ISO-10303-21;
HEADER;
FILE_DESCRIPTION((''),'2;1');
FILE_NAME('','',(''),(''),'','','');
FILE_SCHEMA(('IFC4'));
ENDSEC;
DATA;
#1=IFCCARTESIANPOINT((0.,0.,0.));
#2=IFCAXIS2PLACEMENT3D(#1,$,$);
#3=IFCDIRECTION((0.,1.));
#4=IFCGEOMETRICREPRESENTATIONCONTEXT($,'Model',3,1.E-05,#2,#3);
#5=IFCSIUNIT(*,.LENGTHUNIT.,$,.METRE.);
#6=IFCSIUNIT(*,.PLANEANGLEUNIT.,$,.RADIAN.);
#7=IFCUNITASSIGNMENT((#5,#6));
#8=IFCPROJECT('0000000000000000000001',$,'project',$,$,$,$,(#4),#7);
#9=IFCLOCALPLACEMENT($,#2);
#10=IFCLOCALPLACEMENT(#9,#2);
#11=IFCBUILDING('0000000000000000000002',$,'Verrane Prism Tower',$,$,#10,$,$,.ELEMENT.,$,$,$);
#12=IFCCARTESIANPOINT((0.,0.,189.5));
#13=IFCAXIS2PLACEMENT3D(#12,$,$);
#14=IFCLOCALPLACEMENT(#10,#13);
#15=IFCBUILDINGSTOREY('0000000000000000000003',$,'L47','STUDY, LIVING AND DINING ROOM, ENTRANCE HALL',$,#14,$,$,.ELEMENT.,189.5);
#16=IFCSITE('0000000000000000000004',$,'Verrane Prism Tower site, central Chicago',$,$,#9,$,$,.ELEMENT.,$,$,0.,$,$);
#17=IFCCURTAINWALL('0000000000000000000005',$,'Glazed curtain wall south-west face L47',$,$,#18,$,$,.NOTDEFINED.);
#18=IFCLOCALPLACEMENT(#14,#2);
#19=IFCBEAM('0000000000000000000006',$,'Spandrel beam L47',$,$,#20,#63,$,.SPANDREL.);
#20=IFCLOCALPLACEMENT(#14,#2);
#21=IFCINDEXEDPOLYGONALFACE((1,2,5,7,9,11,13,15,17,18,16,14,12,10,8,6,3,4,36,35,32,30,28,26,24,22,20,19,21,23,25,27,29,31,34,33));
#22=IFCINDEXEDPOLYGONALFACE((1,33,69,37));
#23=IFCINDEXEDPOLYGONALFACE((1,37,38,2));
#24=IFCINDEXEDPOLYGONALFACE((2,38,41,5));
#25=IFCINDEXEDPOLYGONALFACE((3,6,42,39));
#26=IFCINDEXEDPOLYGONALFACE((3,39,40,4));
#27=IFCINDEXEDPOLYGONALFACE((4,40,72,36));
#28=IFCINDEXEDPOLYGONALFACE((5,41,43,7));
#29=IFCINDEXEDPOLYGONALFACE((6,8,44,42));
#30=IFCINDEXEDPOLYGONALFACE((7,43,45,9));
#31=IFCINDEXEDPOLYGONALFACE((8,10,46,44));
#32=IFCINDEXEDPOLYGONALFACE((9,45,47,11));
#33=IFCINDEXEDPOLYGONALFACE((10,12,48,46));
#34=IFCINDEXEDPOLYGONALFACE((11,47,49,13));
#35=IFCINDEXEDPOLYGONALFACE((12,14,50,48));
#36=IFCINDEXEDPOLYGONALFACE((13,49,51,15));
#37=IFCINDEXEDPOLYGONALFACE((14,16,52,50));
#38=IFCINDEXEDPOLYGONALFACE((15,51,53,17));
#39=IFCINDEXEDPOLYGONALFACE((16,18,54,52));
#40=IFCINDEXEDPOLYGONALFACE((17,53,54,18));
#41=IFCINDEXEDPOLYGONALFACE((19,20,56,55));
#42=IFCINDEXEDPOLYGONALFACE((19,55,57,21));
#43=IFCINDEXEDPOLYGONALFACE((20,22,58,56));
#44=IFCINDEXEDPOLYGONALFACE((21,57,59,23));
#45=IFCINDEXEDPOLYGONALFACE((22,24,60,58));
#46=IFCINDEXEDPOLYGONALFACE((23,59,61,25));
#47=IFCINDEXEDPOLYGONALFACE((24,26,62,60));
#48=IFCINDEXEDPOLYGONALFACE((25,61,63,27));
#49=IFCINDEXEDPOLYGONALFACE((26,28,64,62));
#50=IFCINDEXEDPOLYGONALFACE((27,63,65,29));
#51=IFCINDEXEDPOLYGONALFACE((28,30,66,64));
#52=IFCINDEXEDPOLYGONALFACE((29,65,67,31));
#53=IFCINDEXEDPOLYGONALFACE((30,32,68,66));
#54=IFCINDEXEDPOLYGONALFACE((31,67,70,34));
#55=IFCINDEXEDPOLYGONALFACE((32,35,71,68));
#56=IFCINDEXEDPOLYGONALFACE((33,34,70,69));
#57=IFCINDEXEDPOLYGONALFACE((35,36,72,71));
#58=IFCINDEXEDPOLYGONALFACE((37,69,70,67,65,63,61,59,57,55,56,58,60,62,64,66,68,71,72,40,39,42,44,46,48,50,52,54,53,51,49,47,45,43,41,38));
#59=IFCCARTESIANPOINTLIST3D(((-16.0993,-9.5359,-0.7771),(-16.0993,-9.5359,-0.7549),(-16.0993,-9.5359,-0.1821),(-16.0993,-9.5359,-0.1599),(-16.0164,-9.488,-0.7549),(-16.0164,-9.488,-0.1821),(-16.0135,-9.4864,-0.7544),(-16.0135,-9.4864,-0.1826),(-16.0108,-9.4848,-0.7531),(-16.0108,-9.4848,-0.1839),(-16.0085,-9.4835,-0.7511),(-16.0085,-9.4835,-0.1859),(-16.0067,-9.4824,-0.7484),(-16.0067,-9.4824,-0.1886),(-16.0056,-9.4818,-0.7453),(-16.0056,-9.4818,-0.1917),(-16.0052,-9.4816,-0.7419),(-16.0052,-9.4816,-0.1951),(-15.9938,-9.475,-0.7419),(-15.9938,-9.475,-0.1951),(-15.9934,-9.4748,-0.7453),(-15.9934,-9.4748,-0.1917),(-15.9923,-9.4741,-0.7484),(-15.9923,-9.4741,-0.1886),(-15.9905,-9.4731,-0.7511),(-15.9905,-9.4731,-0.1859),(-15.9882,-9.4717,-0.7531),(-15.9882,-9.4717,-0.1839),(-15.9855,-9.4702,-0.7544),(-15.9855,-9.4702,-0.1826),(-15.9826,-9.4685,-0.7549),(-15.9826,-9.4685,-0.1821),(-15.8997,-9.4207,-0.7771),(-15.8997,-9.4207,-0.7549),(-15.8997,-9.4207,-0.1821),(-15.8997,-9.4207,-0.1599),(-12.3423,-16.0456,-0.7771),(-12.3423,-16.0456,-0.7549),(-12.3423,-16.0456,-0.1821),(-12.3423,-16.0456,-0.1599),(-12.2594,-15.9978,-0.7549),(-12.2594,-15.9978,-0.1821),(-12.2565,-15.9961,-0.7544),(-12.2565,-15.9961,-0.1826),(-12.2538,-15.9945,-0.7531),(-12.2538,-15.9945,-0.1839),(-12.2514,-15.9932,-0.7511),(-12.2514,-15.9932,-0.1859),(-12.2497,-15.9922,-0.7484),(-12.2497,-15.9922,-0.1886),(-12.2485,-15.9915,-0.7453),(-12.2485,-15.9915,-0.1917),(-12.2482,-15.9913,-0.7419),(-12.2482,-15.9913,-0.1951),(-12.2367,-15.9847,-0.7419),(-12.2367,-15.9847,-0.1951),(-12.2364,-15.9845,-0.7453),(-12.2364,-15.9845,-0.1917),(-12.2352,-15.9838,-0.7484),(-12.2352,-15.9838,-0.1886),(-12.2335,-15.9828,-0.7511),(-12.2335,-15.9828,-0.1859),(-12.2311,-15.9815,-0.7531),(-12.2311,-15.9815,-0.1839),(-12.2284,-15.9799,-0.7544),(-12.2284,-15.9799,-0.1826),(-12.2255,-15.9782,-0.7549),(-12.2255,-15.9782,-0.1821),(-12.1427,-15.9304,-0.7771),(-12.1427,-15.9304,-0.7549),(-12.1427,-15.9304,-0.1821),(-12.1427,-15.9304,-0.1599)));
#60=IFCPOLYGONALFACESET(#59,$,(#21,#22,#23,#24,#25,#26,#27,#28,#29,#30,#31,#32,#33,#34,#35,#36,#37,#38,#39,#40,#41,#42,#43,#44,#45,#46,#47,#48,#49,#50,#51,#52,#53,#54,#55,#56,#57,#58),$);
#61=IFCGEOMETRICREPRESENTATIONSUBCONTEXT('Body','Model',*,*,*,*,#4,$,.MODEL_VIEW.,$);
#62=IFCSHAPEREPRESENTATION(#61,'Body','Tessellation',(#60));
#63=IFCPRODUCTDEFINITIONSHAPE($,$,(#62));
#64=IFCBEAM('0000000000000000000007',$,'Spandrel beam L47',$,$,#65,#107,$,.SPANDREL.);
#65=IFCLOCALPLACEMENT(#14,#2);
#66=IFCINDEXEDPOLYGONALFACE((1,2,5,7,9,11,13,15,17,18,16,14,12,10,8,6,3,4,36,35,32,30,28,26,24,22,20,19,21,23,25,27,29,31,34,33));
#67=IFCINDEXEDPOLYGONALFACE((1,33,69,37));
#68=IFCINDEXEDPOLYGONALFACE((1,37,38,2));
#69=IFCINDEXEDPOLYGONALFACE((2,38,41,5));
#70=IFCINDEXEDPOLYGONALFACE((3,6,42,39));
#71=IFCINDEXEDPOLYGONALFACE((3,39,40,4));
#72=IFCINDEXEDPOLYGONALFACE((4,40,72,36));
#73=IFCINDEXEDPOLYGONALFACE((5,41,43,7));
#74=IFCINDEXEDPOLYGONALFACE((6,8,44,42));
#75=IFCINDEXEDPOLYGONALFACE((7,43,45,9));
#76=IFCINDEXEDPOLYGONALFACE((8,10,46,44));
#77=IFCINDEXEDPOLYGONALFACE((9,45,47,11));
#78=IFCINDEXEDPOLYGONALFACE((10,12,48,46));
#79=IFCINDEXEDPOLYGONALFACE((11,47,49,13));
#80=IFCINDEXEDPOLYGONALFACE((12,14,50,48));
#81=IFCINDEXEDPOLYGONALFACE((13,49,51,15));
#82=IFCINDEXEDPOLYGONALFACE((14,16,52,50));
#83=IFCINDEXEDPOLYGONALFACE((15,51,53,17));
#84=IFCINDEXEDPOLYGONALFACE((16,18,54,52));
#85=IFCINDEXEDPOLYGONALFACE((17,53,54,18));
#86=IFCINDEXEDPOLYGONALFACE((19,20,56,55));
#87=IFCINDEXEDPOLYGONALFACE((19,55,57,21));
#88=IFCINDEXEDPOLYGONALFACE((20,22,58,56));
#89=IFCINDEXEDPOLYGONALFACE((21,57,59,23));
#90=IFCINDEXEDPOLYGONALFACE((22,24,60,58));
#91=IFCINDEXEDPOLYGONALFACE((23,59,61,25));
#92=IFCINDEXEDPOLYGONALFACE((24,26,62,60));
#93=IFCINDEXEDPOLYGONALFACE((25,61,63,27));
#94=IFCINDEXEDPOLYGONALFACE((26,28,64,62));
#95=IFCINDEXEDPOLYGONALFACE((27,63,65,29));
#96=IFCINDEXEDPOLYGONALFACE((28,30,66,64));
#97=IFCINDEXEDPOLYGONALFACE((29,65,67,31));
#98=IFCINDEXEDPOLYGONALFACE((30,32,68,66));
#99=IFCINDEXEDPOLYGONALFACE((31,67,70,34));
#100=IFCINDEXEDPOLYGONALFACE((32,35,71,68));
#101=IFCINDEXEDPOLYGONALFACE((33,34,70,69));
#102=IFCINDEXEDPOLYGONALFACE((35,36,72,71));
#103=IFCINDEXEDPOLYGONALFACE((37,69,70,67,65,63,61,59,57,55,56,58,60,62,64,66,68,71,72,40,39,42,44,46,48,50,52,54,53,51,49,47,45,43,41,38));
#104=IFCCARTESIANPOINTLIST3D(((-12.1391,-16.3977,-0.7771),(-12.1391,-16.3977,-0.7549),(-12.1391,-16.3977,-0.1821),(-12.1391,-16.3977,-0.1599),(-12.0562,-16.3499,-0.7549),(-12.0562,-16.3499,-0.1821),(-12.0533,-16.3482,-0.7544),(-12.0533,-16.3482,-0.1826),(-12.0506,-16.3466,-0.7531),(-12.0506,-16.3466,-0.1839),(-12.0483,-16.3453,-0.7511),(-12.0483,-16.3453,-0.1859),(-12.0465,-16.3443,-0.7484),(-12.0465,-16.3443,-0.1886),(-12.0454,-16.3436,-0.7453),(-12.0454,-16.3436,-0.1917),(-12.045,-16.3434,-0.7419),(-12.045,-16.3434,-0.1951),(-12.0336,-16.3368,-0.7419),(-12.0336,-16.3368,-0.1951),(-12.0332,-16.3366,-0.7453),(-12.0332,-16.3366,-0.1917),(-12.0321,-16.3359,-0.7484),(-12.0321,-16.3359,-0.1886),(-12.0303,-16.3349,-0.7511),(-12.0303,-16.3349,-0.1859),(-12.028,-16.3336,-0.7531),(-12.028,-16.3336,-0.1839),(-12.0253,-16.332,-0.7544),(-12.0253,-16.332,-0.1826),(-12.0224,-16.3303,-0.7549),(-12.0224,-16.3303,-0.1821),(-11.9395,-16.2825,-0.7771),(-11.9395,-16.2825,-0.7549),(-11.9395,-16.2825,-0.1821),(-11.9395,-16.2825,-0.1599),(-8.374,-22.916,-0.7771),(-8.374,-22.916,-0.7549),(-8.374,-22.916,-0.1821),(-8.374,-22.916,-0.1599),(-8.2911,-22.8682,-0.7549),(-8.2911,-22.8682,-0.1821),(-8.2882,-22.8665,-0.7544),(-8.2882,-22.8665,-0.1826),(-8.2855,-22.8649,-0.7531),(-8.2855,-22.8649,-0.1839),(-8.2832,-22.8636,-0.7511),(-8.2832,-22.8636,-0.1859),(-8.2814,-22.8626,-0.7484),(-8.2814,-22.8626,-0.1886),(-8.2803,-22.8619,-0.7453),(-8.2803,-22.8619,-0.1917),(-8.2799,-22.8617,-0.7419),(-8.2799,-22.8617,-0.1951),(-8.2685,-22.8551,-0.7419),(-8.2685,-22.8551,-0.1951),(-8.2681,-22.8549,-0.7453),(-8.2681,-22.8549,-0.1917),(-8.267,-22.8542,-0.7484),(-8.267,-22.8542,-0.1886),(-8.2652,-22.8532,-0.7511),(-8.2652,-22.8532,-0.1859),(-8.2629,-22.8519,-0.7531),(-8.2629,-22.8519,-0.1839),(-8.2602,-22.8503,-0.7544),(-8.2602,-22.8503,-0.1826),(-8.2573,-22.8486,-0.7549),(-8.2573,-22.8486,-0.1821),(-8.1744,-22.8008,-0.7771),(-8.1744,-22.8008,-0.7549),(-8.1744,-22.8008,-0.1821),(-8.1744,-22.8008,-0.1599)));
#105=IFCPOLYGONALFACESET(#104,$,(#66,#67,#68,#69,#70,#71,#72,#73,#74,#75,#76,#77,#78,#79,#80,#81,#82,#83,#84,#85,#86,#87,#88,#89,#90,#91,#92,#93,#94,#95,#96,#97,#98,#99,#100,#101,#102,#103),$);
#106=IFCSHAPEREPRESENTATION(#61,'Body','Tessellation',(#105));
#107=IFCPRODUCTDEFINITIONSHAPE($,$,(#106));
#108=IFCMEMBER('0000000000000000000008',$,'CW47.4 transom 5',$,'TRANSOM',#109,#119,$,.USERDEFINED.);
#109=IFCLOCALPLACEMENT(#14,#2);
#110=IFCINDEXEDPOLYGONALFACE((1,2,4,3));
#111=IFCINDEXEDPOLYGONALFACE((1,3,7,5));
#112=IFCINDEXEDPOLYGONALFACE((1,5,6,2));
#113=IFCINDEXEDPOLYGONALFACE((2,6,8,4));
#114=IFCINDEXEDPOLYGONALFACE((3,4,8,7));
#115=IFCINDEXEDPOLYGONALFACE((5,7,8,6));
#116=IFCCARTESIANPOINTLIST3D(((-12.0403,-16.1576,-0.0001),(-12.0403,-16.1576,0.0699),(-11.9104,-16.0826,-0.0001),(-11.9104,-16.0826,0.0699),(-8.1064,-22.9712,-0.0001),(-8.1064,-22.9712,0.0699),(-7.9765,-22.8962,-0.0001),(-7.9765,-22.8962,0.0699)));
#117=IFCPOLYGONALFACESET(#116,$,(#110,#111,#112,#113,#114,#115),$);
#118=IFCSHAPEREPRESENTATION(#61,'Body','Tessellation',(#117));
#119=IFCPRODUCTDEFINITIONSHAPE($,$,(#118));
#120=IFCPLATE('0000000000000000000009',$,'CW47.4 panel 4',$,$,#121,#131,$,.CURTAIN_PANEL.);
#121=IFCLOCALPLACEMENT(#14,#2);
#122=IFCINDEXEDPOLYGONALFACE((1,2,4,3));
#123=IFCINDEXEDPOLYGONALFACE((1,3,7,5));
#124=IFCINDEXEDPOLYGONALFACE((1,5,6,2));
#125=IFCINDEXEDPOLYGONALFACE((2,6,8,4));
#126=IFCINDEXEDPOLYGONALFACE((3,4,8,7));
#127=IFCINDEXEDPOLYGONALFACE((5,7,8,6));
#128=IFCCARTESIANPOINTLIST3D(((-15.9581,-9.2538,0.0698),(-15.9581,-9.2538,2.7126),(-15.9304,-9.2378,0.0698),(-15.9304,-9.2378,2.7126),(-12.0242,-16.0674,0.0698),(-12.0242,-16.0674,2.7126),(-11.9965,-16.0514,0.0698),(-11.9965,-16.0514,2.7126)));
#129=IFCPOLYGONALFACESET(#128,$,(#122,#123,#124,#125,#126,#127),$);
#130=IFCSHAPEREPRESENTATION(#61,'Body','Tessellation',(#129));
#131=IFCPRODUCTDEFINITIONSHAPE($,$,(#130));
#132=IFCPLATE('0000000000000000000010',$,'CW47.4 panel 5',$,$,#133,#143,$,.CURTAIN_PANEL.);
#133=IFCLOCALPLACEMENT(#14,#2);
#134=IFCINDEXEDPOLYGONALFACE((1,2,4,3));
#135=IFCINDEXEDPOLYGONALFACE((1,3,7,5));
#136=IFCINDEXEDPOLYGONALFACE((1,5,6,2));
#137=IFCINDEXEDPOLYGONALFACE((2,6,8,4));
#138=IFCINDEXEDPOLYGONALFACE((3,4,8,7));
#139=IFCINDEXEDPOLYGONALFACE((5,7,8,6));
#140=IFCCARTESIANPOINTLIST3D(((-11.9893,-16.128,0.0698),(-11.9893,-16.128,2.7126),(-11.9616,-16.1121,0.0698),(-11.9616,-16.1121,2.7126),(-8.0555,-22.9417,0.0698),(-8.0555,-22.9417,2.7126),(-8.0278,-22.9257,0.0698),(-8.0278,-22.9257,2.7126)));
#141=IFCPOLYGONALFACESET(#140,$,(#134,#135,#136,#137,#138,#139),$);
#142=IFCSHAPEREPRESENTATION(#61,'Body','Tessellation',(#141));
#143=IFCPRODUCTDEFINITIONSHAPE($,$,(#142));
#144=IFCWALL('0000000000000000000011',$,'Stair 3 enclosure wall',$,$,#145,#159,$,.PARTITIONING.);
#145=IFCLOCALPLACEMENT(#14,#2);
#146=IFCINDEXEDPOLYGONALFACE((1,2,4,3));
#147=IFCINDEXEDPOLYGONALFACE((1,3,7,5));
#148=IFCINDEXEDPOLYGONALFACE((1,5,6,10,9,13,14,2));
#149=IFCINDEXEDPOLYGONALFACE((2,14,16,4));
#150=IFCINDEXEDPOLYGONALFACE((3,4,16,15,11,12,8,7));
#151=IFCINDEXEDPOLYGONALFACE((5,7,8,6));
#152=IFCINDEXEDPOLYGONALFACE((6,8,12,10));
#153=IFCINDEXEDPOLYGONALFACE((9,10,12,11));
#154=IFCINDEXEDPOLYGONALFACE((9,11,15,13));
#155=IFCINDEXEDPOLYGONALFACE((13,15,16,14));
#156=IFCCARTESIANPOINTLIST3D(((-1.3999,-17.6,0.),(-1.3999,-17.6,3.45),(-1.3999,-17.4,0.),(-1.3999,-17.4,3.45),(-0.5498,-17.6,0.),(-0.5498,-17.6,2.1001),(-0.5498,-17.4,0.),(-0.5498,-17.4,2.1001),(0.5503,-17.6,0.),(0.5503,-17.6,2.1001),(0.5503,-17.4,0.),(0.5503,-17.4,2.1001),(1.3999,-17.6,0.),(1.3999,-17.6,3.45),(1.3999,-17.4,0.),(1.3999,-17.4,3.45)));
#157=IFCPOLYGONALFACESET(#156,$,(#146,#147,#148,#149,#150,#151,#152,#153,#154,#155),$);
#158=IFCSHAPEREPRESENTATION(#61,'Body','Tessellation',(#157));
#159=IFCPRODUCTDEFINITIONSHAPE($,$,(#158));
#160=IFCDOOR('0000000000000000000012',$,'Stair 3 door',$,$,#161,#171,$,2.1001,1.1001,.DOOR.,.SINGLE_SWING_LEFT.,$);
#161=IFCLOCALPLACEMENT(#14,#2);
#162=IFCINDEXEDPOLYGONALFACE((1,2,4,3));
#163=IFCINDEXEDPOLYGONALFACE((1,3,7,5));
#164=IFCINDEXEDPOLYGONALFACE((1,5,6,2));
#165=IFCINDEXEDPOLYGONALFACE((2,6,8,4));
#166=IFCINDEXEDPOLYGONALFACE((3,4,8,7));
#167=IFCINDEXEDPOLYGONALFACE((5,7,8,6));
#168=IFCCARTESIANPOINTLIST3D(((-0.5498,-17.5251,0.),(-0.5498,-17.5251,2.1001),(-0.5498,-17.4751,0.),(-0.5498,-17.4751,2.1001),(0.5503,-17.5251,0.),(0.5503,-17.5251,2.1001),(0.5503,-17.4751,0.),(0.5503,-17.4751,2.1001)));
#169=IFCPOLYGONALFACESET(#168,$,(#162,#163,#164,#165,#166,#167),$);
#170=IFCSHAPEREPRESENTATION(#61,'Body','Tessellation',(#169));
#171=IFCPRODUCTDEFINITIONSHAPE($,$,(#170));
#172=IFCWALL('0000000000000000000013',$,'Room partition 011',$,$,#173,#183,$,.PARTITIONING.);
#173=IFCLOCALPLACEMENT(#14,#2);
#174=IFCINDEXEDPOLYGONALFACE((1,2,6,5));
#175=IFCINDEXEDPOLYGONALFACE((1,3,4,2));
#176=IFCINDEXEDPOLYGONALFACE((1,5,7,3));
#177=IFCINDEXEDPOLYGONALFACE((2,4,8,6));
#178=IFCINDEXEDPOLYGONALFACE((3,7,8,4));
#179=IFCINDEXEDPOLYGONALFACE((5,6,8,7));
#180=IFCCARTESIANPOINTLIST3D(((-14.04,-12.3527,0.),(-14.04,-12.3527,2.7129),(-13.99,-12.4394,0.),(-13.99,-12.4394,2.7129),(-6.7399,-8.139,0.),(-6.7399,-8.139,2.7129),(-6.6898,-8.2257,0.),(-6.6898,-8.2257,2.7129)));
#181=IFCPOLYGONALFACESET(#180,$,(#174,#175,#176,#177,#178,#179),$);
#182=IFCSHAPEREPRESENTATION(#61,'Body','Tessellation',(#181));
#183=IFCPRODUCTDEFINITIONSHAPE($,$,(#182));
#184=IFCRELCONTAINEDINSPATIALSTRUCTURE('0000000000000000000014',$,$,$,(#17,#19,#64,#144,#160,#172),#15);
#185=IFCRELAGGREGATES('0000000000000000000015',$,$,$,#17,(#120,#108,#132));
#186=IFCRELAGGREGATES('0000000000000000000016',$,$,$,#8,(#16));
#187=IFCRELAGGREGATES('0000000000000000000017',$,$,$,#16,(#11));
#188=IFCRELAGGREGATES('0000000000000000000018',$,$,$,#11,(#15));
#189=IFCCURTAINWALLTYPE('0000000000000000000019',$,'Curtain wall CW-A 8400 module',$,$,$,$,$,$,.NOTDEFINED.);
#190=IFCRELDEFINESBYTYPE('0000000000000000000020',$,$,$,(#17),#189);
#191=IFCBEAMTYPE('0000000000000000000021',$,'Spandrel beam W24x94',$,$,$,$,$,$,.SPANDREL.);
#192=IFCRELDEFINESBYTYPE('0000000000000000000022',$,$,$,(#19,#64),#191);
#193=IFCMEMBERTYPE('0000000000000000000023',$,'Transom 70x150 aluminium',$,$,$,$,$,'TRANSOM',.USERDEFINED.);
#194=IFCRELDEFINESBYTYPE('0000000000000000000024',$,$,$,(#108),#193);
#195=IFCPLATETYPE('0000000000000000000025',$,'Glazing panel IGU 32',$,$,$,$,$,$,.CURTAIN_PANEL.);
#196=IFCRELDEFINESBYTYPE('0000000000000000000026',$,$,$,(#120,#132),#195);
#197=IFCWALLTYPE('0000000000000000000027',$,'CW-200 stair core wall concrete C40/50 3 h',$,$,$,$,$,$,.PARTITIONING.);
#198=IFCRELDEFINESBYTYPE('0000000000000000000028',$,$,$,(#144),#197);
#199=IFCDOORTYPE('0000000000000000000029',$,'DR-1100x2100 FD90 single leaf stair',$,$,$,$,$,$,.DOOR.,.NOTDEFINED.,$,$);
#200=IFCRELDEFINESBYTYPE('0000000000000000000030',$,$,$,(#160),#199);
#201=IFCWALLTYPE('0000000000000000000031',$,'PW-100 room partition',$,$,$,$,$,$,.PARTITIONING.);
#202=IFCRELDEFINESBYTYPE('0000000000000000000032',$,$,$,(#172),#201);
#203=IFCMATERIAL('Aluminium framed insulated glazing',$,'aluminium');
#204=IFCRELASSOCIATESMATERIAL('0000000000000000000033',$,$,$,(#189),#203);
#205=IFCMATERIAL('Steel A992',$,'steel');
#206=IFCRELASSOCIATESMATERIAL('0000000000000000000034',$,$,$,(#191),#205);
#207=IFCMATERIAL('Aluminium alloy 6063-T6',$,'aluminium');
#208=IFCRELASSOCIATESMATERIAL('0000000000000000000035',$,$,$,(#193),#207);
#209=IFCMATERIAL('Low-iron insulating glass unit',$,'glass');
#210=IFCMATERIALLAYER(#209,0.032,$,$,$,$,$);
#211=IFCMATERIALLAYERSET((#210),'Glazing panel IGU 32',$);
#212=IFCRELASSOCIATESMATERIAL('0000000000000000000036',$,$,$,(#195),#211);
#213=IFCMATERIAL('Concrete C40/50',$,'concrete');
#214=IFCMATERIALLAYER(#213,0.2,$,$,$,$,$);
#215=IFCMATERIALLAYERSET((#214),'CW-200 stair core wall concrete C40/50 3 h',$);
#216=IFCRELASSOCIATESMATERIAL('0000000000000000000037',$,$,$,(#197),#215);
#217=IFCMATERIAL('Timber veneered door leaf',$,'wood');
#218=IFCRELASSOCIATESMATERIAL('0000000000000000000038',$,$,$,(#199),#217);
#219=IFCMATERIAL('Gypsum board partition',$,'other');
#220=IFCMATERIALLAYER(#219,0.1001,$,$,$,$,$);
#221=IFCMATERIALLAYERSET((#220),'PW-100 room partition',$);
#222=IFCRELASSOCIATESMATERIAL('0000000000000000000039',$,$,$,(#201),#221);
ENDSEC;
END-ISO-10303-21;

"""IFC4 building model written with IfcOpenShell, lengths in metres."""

from ifc_helpers import new_model, si_unit, direction, frame, frame_2d, origin, origin_2d, place, context, subcontext, project, spatial, rectangle, i_section, extrude, material, layer, layer_set, material_profile, profile_set, type_object, element, fill, aggregate, save


model = new_model("IFC4")

# Units and contexts
model_context = context("Model", 3, precision=1e-05, world=origin(), true_north=direction((0.0, 1.0)))
body_context = subcontext(model_context, "Body", "Model", "MODEL_VIEW")
ifc_project = project(units=[si_unit("LENGTHUNIT", "METRE"), si_unit("PLANEANGLEUNIT", "RADIAN")], contexts=[model_context])

# Site, building, storey
site_placement = place(None, origin())
site = spatial("IfcSite", under=ifc_project, at=site_placement, Name="Verrane Prism Tower site, central Chicago", CompositionType="ELEMENT", RefElevation=0.0)
building_placement = place(site_placement, origin())
building = spatial("IfcBuilding", under=site, at=building_placement, Name="Verrane Prism Tower", CompositionType="ELEMENT")
storey_placement = place(building_placement, frame((0.0, 0.0, 189.5)))
storey = spatial("IfcBuildingStorey", under=building, at=storey_placement, Name="L47", Description="STUDY, LIVING AND DINING ROOM, ENTRANCE HALL", CompositionType="ELEMENT", Elevation=189.5)

# Curtain wall
ifc_material_1 = material(Name="Aluminium framed insulated glazing", Category="aluminium")
curtain_wall_type = type_object("IfcCurtainWallType", Name="Curtain wall CW-A 8400 module", PredefinedType="NOTDEFINED", material=ifc_material_1)
curtain_wall_placement = place(storey_placement, origin())
curtain_wall = element("IfcCurtainWall", 1, at=curtain_wall_placement, inside=storey, type_object=curtain_wall_type, Name="Glazed curtain wall south-west face L47", PredefinedType="NOTDEFINED")

# Beams
ifc_material_2 = material(Name="Steel A992", Category="steel")
ifc_material_profile_1 = material_profile(ifc_material_2, i_section(OverallWidth=0.2305, OverallDepth=0.6172, WebThickness=0.0132, FlangeThickness=0.0222, FilletRadius=0.0129, at=origin_2d()), Name="W24x94")
ifc_profile_set_1 = profile_set([ifc_material_profile_1], Name="Steel A992")
beam_type_1 = type_object("IfcBeamType", Name="Spandrel beam W24x94", PredefinedType="SPANDREL", material=ifc_profile_set_1)
beam_1_placement = place(storey_placement, frame((-15.9995, -9.4783, -0.4685), z_axis=(0.499867, -0.866102, 0.0), x_axis=(0.866102, 0.499867, 0.0)))
element("IfcBeam", 2, at=beam_1_placement, inside=storey, type_object=beam_type_1, Name="Spandrel beam L47", PredefinedType="SPANDREL", context=body_context, shape_type="SweptSolid", body=[
    extrude(i_section(OverallWidth=0.2305, OverallDepth=0.6172, WebThickness=0.0132, FlangeThickness=0.0222, FilletRadius=0.0129, at=origin_2d()), origin(), (0.0, 0.0, 1.0), 7.5161),
])
beam_2_placement = place(storey_placement, frame((-12.0393, -16.3401, -0.4685), z_axis=(0.500178, -0.865923, 0.0), x_axis=(0.865923, 0.500178, 0.0)))
element("IfcBeam", 3, at=beam_2_placement, inside=storey, type_object=beam_type_1, Name="Spandrel beam L47", PredefinedType="SPANDREL", context=body_context, shape_type="SweptSolid", body=[
    extrude(i_section(OverallWidth=0.2305, OverallDepth=0.6172, WebThickness=0.0132, FlangeThickness=0.0222, FilletRadius=0.0129, at=origin_2d()), origin(), (0.0, 0.0, 1.0), 7.5276),
])

# Member
ifc_material_3 = material(Name="Aluminium alloy 6063-T6", Category="aluminium")
ifc_material_profile_2 = material_profile(ifc_material_3, rectangle(XDim=0.1499, YDim=0.0701, at=origin_2d()), Name="Transom 70x150 aluminium")
ifc_profile_set_2 = profile_set([ifc_material_profile_2], Name="Aluminium alloy 6063-T6")
member_type_1 = type_object("IfcMemberType", Name="Transom 70x150 aluminium", ElementType="TRANSOM", PredefinedType="USERDEFINED", material=ifc_profile_set_2)
member_1_placement = place(storey_placement, frame((-11.9753, -16.1201, 0.0349), z_axis=(0.500007, -0.866021, 0.0), x_axis=(0.866021, 0.500007, 0.0)))
member_1 = element("IfcMember", 4, at=member_1_placement, type_object=member_type_1, Name="CW47.4 transom 5", ObjectType="TRANSOM", PredefinedType="USERDEFINED", context=body_context, shape_type="SweptSolid", body=[
    extrude(rectangle(XDim=0.1499, YDim=0.0701, at=origin_2d()), origin(), (0.0, 0.0, 1.0), 7.8677),
])

# Plates
ifc_material_4 = material(Name="Low-iron insulating glass unit", Category="glass")
ifc_layer_1 = layer(ifc_material_4, 0.032)
ifc_layer_set_1 = layer_set([ifc_layer_1], Name="Glazing panel IGU 32")
plate_type = type_object("IfcPlateType", Name="Glazing panel IGU 32", PredefinedType="CURTAIN_PANEL", material=ifc_layer_set_1)
plate_1_placement = place(storey_placement, frame((-13.9773, -12.6526, 0.0698), z_axis=(0.0, 0.0, 1.0), x_axis=(0.5, -0.866026, 0.0)))
plate_1 = element("IfcPlate", 5, at=plate_1_placement, type_object=plate_type, Name="CW47.4 panel 4", PredefinedType="CURTAIN_PANEL", context=body_context, shape_type="SweptSolid", body=[
    extrude(rectangle(XDim=7.8677, YDim=0.032, at=origin_2d()), origin(), (0.0, 0.0, 1.0), 2.6428),
])
plate_2_placement = place(storey_placement, frame((-10.0085, -19.5269, 0.0698), z_axis=(0.0, 0.0, 1.0), x_axis=(0.5, -0.866026, 0.0)))
plate_2 = element("IfcPlate", 6, at=plate_2_placement, type_object=plate_type, Name="CW47.4 panel 5", PredefinedType="CURTAIN_PANEL", context=body_context, shape_type="SweptSolid", body=[
    extrude(rectangle(XDim=7.8677, YDim=0.032, at=origin_2d()), origin(), (0.0, 0.0, 1.0), 2.6428),
])
aggregate(curtain_wall, [plate_1, member_1, plate_2])

# Wall, opening, door
ifc_material_5 = material(Name="Concrete C40/50", Category="concrete")
ifc_layer_2 = layer(ifc_material_5, 0.2)
ifc_layer_set_2 = layer_set([ifc_layer_2], Name="CW-200 stair core wall concrete C40/50 3 h")
wall_type_1 = type_object("IfcWallType", Name="CW-200 stair core wall concrete C40/50 3 h", PredefinedType="PARTITIONING", material=ifc_layer_set_2)
wall_1_placement = place(storey_placement, frame((-1.3999, -17.5, 0.0), z_axis=(0.0, 0.0, 1.0), x_axis=(1.0, 0.0, 0.0)))
wall_1 = element("IfcWall", 7, at=wall_1_placement, inside=storey, type_object=wall_type_1, Name="Stair 3 enclosure wall", PredefinedType="PARTITIONING", context=body_context, shape_type="SweptSolid", body=[
    extrude(rectangle(XDim=2.7998, YDim=0.2, at=frame_2d((1.3999, 0.0))), origin(), (0.0, 0.0, 1.0), 3.45),
])
opening_1_placement = place(wall_1_placement, frame((0.8501, 0.0, 0.0)))
opening_1 = element("IfcOpeningElement", 8, at=opening_1_placement, cuts=wall_1, PredefinedType="OPENING", context=body_context, shape_type="SweptSolid", body=[
    extrude(rectangle(XDim=1.1001, YDim=2.1001, at=frame_2d((0.55, 1.05))), frame((0.0, 0.1099, 0.0), z_axis=(0.0, -1.0, 0.0), x_axis=(1.0, 0.0, 0.0)), (0.0, 0.0, 1.0), 0.22),
])
ifc_material_6 = material(Name="Timber veneered door leaf", Category="wood")
door_type_1 = type_object("IfcDoorType", Name="DR-1100x2100 FD90 single leaf stair", OperationType="NOTDEFINED", PredefinedType="DOOR", material=ifc_material_6)
door_1_placement = place(opening_1_placement, origin())
door_1 = element("IfcDoor", 9, at=door_1_placement, inside=storey, type_object=door_type_1, Name="Stair 3 door", OperationType="SINGLE_SWING_LEFT", OverallHeight=2.1001, OverallWidth=1.1001, PredefinedType="DOOR", context=body_context, shape_type="SweptSolid", body=[
    extrude(rectangle(XDim=1.1001, YDim=2.1001, at=frame_2d((0.55, 1.05))), frame((0.0, 0.0249, 0.0), z_axis=(0.0, -1.0, 0.0), x_axis=(1.0, 0.0, 0.0)), (0.0, 0.0, 1.0), 0.05),
])
fill(opening_1, door_1)

# Wall
ifc_material_7 = material(Name="Gypsum board partition", Category="other")
ifc_layer_3 = layer(ifc_material_7, 0.1001)
ifc_layer_set_3 = layer_set([ifc_layer_3], Name="PW-100 room partition")
wall_type_2 = type_object("IfcWallType", Name="PW-100 room partition", PredefinedType="PARTITIONING", material=ifc_layer_set_3)
wall_2_placement = place(storey_placement, frame((-14.0149, -12.396, 0.0), z_axis=(0.0, 0.0, 1.0), x_axis=(0.86608, 0.499905, 0.0)))
element("IfcWall", 10, at=wall_2_placement, inside=storey, type_object=wall_type_2, Name="Room partition 011", PredefinedType="PARTITIONING", context=body_context, shape_type="SweptSolid", body=[
    extrude(rectangle(XDim=8.429, YDim=0.1001, at=frame_2d((4.2144, 0.0))), origin(), (0.0, 0.0, 1.0), 2.7129),
])

save(model, "model.ifc")
